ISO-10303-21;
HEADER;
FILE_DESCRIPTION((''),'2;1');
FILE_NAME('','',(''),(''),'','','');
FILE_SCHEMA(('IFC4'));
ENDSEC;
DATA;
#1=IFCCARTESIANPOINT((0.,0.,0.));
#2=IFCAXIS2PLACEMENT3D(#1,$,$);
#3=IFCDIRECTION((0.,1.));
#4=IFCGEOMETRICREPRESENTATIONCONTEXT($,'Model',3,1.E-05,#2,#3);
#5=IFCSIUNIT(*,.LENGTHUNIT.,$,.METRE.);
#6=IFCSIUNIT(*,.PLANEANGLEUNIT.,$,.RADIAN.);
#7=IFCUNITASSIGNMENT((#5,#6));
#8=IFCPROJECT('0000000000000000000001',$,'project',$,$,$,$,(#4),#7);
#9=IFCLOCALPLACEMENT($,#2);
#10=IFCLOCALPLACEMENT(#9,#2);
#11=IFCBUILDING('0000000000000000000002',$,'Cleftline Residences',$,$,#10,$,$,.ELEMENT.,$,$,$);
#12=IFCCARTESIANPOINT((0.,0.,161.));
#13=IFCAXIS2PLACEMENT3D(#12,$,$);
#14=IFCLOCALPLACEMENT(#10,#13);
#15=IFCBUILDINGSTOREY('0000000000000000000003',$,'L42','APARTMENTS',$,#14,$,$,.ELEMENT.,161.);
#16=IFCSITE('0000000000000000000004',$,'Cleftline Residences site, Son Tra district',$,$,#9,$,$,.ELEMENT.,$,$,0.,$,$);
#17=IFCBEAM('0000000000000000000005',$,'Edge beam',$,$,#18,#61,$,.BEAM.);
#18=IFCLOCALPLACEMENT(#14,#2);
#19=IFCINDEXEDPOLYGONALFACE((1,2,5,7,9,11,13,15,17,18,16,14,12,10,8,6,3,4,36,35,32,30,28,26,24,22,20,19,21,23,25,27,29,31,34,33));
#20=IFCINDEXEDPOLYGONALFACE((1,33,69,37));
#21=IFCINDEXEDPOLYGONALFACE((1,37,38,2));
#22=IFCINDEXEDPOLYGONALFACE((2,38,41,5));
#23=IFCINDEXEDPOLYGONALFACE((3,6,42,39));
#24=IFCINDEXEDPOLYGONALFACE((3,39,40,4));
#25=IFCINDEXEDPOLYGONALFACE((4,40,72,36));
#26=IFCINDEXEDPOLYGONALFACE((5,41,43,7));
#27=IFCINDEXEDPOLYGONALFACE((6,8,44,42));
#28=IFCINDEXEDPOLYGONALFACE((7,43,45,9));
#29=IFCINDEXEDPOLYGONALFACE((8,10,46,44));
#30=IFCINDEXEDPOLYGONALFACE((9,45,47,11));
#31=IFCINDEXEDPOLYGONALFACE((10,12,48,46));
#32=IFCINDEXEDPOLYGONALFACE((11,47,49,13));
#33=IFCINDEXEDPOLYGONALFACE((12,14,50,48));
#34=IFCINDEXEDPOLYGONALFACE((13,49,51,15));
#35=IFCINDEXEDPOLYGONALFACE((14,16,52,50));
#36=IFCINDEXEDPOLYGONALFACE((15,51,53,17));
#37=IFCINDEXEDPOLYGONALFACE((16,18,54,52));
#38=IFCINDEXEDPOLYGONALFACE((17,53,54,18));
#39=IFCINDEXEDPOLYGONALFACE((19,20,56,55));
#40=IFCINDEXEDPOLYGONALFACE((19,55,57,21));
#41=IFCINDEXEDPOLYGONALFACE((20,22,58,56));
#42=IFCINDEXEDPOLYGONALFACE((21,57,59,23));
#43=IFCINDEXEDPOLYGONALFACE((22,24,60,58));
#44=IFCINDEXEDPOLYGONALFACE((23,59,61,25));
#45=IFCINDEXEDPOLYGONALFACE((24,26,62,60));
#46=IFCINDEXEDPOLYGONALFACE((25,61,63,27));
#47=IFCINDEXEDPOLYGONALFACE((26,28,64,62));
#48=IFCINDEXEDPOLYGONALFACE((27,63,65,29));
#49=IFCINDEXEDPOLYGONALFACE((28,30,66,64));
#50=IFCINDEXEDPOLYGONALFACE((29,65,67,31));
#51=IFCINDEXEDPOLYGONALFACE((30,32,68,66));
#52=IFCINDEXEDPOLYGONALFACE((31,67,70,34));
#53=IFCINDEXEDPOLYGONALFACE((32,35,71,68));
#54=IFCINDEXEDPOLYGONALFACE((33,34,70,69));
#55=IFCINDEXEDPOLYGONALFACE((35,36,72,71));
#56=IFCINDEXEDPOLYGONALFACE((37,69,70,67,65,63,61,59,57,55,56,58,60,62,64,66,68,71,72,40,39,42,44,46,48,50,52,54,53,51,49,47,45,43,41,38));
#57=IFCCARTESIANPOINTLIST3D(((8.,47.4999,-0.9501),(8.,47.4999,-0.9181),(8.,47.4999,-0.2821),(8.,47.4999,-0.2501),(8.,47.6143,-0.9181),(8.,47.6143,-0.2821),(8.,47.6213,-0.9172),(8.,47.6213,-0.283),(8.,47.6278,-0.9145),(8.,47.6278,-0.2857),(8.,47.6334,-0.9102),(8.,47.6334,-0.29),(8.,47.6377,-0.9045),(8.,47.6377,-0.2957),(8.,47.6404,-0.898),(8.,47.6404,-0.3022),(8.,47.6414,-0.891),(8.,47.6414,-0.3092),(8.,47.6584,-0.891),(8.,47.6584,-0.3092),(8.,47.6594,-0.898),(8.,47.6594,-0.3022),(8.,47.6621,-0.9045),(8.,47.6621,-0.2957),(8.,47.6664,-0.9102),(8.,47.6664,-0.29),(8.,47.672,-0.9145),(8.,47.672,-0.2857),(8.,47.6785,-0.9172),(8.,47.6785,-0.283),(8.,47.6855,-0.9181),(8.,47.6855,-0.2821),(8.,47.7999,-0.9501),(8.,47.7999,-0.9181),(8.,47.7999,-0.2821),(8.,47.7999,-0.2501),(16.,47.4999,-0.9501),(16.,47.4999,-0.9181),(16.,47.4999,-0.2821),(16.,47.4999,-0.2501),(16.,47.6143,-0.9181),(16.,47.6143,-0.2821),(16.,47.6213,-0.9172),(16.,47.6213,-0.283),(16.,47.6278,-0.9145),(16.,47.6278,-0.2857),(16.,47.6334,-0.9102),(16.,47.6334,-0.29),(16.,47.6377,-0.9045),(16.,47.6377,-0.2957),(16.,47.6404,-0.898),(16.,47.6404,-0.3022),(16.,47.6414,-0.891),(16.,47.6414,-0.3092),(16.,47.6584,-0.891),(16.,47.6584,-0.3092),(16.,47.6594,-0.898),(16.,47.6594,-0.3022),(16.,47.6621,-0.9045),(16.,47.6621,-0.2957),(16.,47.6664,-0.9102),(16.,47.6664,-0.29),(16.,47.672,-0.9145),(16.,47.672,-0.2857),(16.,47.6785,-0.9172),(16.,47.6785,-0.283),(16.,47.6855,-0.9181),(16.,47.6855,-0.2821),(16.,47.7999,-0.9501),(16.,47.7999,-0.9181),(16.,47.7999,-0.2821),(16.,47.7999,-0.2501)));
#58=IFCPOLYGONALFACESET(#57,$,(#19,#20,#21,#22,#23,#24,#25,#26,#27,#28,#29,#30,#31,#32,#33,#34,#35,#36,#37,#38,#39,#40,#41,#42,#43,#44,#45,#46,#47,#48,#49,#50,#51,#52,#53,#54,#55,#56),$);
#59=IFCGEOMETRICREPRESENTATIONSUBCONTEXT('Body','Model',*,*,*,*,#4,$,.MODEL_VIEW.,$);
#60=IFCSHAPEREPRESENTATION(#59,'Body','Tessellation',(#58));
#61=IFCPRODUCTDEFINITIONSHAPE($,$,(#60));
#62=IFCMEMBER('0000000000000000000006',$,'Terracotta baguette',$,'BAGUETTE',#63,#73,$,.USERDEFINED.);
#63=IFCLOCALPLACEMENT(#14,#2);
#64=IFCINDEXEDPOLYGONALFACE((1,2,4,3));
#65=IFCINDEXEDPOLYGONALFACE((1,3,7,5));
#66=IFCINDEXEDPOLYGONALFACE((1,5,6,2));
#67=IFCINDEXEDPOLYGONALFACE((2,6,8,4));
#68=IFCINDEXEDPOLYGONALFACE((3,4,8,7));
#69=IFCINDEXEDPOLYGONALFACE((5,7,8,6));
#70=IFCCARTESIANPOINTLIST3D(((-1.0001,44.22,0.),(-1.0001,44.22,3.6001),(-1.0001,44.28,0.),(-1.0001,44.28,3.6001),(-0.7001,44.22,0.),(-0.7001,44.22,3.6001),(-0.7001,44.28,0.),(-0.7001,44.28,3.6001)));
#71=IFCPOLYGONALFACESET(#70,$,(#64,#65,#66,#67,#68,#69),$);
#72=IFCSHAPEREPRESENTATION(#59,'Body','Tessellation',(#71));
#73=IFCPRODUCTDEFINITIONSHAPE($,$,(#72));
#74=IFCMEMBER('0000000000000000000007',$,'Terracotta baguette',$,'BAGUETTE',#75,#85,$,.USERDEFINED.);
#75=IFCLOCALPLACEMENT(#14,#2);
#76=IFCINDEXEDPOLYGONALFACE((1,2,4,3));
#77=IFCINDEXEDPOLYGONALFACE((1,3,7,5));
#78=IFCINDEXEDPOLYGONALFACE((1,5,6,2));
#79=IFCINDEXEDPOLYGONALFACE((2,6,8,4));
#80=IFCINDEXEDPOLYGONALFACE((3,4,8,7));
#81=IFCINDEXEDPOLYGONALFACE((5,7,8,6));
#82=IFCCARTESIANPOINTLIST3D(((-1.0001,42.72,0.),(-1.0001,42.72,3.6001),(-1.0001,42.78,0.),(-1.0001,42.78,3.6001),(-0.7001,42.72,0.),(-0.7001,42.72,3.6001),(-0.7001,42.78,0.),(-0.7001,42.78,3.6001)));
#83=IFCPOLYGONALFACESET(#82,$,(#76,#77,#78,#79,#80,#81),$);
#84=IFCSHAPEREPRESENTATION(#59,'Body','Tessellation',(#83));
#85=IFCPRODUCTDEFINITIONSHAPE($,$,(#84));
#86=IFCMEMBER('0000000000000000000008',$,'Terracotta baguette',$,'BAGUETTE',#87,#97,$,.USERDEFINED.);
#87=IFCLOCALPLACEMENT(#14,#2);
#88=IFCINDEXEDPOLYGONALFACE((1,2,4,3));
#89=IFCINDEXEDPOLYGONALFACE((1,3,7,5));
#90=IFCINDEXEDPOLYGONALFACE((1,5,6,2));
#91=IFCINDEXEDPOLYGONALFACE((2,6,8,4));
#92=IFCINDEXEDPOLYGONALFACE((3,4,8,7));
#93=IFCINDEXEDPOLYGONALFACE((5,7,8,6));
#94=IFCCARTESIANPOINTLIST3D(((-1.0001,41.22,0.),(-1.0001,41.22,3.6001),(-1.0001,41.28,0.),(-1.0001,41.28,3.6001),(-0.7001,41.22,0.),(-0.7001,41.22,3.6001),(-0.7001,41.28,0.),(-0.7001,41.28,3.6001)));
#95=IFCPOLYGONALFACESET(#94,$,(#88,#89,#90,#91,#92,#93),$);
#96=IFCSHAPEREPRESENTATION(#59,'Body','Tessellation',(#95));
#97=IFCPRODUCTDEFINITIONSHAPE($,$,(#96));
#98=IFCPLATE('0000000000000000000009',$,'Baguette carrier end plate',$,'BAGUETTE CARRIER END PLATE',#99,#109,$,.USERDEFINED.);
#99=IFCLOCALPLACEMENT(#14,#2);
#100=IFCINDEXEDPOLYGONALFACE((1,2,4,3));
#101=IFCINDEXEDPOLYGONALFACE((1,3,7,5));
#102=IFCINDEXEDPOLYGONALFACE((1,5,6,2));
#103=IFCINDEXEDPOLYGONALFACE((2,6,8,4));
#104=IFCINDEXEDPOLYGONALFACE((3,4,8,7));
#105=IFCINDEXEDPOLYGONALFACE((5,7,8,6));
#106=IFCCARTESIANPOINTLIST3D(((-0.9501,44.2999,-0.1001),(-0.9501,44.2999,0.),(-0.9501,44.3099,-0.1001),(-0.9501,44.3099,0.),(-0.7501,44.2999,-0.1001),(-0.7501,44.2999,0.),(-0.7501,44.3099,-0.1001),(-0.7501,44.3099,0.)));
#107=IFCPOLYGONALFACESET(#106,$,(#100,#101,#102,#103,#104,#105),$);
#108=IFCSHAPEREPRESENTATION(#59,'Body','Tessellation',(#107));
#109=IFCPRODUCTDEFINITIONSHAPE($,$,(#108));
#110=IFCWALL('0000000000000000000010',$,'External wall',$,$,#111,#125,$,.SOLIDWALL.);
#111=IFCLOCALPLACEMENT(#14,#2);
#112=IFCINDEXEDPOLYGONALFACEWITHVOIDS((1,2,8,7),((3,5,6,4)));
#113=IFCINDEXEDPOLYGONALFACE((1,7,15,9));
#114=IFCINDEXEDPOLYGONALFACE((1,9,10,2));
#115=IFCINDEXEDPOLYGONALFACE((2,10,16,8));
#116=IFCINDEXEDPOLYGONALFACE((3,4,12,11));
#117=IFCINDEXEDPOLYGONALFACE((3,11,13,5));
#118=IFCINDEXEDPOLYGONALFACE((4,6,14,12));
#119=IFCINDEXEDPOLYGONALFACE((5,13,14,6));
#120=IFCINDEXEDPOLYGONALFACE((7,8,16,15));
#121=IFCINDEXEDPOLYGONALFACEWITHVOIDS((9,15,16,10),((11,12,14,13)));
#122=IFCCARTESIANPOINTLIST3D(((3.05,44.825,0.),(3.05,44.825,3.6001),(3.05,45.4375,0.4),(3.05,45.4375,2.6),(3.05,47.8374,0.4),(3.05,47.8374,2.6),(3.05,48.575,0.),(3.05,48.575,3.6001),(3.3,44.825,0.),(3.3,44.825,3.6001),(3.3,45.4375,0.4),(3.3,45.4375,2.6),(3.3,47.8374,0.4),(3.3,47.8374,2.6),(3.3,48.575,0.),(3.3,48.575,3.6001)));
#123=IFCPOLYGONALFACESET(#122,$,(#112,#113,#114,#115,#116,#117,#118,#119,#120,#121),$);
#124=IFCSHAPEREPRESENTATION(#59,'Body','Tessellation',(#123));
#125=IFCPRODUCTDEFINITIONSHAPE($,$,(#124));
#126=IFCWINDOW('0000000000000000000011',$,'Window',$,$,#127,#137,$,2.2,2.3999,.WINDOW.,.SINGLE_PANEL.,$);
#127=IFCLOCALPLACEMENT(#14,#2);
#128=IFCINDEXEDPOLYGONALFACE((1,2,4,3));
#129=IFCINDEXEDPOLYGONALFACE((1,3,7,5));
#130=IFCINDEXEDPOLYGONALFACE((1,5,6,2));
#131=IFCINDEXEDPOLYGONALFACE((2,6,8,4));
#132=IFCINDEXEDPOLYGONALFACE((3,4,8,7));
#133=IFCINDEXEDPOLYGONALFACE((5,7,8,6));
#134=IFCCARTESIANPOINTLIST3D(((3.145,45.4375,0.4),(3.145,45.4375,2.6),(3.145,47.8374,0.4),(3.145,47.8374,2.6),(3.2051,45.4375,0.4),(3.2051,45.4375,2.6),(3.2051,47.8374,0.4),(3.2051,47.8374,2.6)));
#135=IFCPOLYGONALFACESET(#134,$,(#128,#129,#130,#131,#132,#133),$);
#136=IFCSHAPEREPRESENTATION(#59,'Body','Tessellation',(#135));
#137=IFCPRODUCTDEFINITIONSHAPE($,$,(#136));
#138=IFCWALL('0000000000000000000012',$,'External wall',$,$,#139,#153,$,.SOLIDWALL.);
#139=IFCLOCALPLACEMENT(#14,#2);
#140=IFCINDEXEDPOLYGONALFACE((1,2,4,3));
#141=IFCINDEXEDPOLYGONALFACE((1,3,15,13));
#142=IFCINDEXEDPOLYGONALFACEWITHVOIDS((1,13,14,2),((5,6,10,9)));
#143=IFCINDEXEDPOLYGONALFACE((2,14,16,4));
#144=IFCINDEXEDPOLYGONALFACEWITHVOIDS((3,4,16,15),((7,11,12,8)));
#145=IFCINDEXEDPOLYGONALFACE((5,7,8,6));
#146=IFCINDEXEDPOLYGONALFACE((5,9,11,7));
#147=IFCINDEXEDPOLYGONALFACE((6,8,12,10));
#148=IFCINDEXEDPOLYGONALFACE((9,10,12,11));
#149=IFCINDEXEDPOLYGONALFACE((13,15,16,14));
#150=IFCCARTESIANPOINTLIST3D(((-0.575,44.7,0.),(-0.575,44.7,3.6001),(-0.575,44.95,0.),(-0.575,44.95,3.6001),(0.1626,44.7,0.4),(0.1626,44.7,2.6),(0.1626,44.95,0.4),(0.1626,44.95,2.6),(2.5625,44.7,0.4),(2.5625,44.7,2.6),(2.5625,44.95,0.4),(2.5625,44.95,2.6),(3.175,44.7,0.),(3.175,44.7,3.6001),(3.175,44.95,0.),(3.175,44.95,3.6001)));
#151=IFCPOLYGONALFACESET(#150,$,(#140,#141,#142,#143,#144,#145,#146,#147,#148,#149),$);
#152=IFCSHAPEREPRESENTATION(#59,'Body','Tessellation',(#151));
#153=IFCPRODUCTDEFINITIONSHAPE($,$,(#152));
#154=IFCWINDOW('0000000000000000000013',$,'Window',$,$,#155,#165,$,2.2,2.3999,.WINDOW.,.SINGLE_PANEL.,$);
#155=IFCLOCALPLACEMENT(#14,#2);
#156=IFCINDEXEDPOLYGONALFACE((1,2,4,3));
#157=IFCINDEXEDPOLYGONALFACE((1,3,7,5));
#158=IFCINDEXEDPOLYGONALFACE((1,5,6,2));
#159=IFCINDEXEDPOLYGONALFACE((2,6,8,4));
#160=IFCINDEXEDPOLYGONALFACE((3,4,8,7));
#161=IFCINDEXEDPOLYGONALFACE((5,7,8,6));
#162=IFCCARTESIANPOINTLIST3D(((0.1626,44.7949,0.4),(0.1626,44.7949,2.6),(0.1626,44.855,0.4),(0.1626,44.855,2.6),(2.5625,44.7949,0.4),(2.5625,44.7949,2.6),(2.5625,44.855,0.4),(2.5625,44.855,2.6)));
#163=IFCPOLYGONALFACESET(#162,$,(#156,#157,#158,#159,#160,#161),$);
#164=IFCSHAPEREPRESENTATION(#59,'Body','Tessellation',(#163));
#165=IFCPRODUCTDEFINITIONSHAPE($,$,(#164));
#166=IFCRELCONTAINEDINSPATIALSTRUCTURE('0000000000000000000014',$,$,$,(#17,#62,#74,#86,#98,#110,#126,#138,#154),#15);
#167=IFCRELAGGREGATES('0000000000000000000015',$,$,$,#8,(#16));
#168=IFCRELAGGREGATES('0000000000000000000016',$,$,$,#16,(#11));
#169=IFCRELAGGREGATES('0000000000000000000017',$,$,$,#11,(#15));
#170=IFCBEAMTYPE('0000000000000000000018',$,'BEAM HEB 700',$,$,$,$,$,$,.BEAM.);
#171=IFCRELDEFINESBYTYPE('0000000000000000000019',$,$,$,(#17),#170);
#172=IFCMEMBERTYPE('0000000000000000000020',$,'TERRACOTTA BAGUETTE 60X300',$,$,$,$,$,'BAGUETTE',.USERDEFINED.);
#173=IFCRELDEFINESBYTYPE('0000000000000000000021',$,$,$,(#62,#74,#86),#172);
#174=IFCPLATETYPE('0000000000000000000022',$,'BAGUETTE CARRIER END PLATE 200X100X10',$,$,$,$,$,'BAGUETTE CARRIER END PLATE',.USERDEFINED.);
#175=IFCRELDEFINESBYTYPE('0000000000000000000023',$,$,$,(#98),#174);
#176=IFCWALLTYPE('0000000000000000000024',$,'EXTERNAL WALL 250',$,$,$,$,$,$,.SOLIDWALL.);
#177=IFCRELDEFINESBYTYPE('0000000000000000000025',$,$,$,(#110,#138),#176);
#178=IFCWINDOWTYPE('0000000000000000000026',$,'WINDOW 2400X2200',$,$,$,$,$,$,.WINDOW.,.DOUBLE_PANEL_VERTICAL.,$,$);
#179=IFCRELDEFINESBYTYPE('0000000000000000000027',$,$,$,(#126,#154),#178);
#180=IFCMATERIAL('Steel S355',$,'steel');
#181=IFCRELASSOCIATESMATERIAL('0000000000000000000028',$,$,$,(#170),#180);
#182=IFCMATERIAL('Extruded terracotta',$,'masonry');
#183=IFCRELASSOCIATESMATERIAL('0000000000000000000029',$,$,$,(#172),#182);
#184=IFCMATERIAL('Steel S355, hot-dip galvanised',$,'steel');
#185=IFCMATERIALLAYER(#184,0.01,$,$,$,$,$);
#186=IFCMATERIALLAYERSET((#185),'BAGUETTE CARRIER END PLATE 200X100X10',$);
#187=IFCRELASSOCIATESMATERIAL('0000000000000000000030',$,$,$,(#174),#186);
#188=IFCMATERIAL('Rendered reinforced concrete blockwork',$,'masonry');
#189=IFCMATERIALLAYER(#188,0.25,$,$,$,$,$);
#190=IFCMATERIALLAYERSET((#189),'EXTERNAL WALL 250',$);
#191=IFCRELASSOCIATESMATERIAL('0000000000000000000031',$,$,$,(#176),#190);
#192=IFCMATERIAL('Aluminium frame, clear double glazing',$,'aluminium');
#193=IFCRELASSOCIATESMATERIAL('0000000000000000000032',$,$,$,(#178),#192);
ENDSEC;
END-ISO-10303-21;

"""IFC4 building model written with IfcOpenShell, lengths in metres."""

from ifc_helpers import new_model, si_unit, direction, frame, frame_2d, origin, origin_2d, place, context, subcontext, project, spatial, rectangle, i_section, extrude, material, layer, layer_set, material_profile, profile_set, type_object, element, fill, save


model = new_model("IFC4")

# Units and contexts
model_context = context("Model", 3, precision=1e-05, world=origin(), true_north=direction((0.0, 1.0)))
body_context = subcontext(model_context, "Body", "Model", "MODEL_VIEW")
ifc_project = project(units=[si_unit("LENGTHUNIT", "METRE"), si_unit("PLANEANGLEUNIT", "RADIAN")], contexts=[model_context])

# Site, building, storey
site_placement = place(None, origin())
site = spatial("IfcSite", under=ifc_project, at=site_placement, Name="Cleftline Residences site, Son Tra district", CompositionType="ELEMENT", RefElevation=0.0)
building_placement = place(site_placement, origin())
building = spatial("IfcBuilding", under=site, at=building_placement, Name="Cleftline Residences", CompositionType="ELEMENT")
storey_placement = place(building_placement, frame((0.0, 0.0, 161.0)))
storey = spatial("IfcBuildingStorey", under=building, at=storey_placement, Name="L42", Description="APARTMENTS", CompositionType="ELEMENT", Elevation=161.0)

# Beam
ifc_material_1 = material(Name="Steel S355", Category="steel")
ifc_material_profile_1 = material_profile(ifc_material_1, i_section(OverallWidth=0.3, OverallDepth=0.7, WebThickness=0.0171, FlangeThickness=0.032, FilletRadius=0.0271, at=origin_2d()))
ifc_profile_set_1 = profile_set([ifc_material_profile_1], Name="Steel S355")
beam_type = type_object("IfcBeamType", Name="BEAM HEB 700", PredefinedType="BEAM", material=ifc_profile_set_1)
beam_placement = place(storey_placement, frame((8.0, 47.6499, -0.6001), z_axis=(1.0, 0.0, 0.0), x_axis=(0.0, 1.0, 0.0)))
element("IfcBeam", 1, at=beam_placement, inside=storey, type_object=beam_type, Name="Edge beam", PredefinedType="BEAM", context=body_context, shape_type="SweptSolid", body=[
    extrude(i_section(OverallWidth=0.3, OverallDepth=0.7, WebThickness=0.0171, FlangeThickness=0.032, FilletRadius=0.0271, at=origin_2d()), origin(), (0.0, 0.0, 1.0), 8.0),
])

# Members
ifc_material_2 = material(Name="Extruded terracotta", Category="masonry")
ifc_material_profile_2 = material_profile(ifc_material_2, rectangle(XDim=0.0601, YDim=0.3, at=origin_2d()))
ifc_profile_set_2 = profile_set([ifc_material_profile_2], Name="Extruded terracotta")
member_type_1 = type_object("IfcMemberType", Name="TERRACOTTA BAGUETTE 60X300", ElementType="BAGUETTE", PredefinedType="USERDEFINED", material=ifc_profile_set_2)
for number, where, z_axis, x_axis, name in (
    (2, (-0.8501, 44.25, 0.0), (0.0, 0.0, 1.0), (0.0, 1.0, 0.0), "Terracotta baguette"),
    (3, (-0.8501, 42.75, 0.0), (0.0, 0.0, 1.0), (0.0, 1.0, 0.0), "Terracotta baguette"),
    (4, (-0.8501, 41.25, 0.0), (0.0, 0.0, 1.0), (0.0, 1.0, 0.0), "Terracotta baguette"),
):
    element("IfcMember", number, at=place(storey_placement, frame(where, z_axis=z_axis, x_axis=x_axis)), inside=storey, type_object=member_type_1, Name=name, ObjectType="BAGUETTE", PredefinedType="USERDEFINED", context=body_context, shape_type="SweptSolid", body=[
        extrude(rectangle(XDim=0.0601, YDim=0.3, at=origin_2d()), origin(), (0.0, 0.0, 1.0), 3.6001),
    ])

# Plate
ifc_material_3 = material(Name="Steel S355, hot-dip galvanised", Category="steel")
ifc_layer_1 = layer(ifc_material_3, 0.01)
ifc_layer_set_1 = layer_set([ifc_layer_1], Name="BAGUETTE CARRIER END PLATE 200X100X10")
plate_type = type_object("IfcPlateType", Name="BAGUETTE CARRIER END PLATE 200X100X10", ElementType="BAGUETTE CARRIER END PLATE", PredefinedType="USERDEFINED", material=ifc_layer_set_1)
plate_placement = place(storey_placement, frame((-0.8501, 44.3049, -0.1001), z_axis=(0.0, 0.0, 1.0), x_axis=(-1.0, 0.0, 0.0)))
element("IfcPlate", 5, at=plate_placement, inside=storey, type_object=plate_type, Name="Baguette carrier end plate", ObjectType="BAGUETTE CARRIER END PLATE", PredefinedType="USERDEFINED", context=body_context, shape_type="SweptSolid", body=[
    extrude(rectangle(XDim=0.2, YDim=0.01, at=origin_2d()), origin(), (0.0, 0.0, 1.0), 0.1001),
])

# Walls, openings, windows
ifc_material_4 = material(Name="Rendered reinforced concrete blockwork", Category="masonry")
ifc_layer_2 = layer(ifc_material_4, 0.25)
ifc_layer_set_2 = layer_set([ifc_layer_2], Name="EXTERNAL WALL 250")
wall_type_1 = type_object("IfcWallType", Name="EXTERNAL WALL 250", PredefinedType="SOLIDWALL", material=ifc_layer_set_2)
wall_1_placement = place(storey_placement, frame((3.175, 48.575, 0.0), z_axis=(0.0, 0.0, 1.0), x_axis=(0.0, -1.0, 0.0)))
wall_1 = element("IfcWall", 6, at=wall_1_placement, inside=storey, type_object=wall_type_1, Name="External wall", PredefinedType="SOLIDWALL", context=body_context, shape_type="SweptSolid", body=[
    extrude(rectangle(XDim=3.75, YDim=0.25, at=frame_2d((1.875, 0.0))), origin(), (0.0, 0.0, 1.0), 3.6001),
])
opening_1_placement = place(wall_1_placement, frame((0.7375, 0.0, 0.3999)))
opening_1 = element("IfcOpeningElement", 7, at=opening_1_placement, cuts=wall_1, PredefinedType="OPENING", context=body_context, shape_type="SweptSolid", body=[
    extrude(rectangle(XDim=2.3999, YDim=2.2, at=frame_2d((1.2, 1.1001))), frame((0.0, 0.135, 0.0), z_axis=(0.0, -1.0, 0.0), x_axis=(1.0, 0.0, 0.0)), (0.0, 0.0, 1.0), 0.27),
])
ifc_material_5 = material(Name="Aluminium frame, clear double glazing", Category="aluminium")
window_type_1 = type_object("IfcWindowType", Name="WINDOW 2400X2200", PartitioningType="DOUBLE_PANEL_VERTICAL", PredefinedType="WINDOW", material=ifc_material_5)
window_1_placement = place(opening_1_placement, origin())
window_1 = element("IfcWindow", 8, at=window_1_placement, inside=storey, type_object=window_type_1, Name="Window", OverallHeight=2.2, OverallWidth=2.3999, PartitioningType="SINGLE_PANEL", PredefinedType="WINDOW", context=body_context, shape_type="SweptSolid", body=[
    extrude(rectangle(XDim=2.3999, YDim=2.2, at=frame_2d((1.2, 1.1001))), frame((0.0, 0.03, 0.0), z_axis=(0.0, -1.0, 0.0), x_axis=(1.0, 0.0, 0.0)), (0.0, 0.0, 1.0), 0.0601),
])
fill(opening_1, window_1)
wall_2_placement = place(storey_placement, frame((3.175, 44.825, 0.0), z_axis=(0.0, 0.0, 1.0), x_axis=(-1.0, 0.0, 0.0)))
wall_2 = element("IfcWall", 9, at=wall_2_placement, inside=storey, type_object=wall_type_1, Name="External wall", PredefinedType="SOLIDWALL", context=body_context, shape_type="SweptSolid", body=[
    extrude(rectangle(XDim=3.75, YDim=0.25, at=frame_2d((1.875, 0.0))), origin(), (0.0, 0.0, 1.0), 3.6001),
])
opening_2_placement = place(wall_2_placement, frame((0.6125, 0.0, 0.3999)))
opening_2 = element("IfcOpeningElement", 10, at=opening_2_placement, cuts=wall_2, PredefinedType="OPENING", context=body_context, shape_type="SweptSolid", body=[
    extrude(rectangle(XDim=2.3999, YDim=2.2, at=frame_2d((1.2, 1.1001))), frame((0.0, 0.135, 0.0), z_axis=(0.0, -1.0, 0.0), x_axis=(1.0, 0.0, 0.0)), (0.0, 0.0, 1.0), 0.27),
])
window_2_placement = place(opening_2_placement, origin())
window_2 = element("IfcWindow", 11, at=window_2_placement, inside=storey, type_object=window_type_1, Name="Window", OverallHeight=2.2, OverallWidth=2.3999, PartitioningType="SINGLE_PANEL", PredefinedType="WINDOW", context=body_context, shape_type="SweptSolid", body=[
    extrude(rectangle(XDim=2.3999, YDim=2.2, at=frame_2d((1.2, 1.1001))), frame((0.0, 0.03, 0.0), z_axis=(0.0, -1.0, 0.0), x_axis=(1.0, 0.0, 0.0)), (0.0, 0.0, 1.0), 0.0601),
])
fill(opening_2, window_2)

save(model, "model.ifc")
